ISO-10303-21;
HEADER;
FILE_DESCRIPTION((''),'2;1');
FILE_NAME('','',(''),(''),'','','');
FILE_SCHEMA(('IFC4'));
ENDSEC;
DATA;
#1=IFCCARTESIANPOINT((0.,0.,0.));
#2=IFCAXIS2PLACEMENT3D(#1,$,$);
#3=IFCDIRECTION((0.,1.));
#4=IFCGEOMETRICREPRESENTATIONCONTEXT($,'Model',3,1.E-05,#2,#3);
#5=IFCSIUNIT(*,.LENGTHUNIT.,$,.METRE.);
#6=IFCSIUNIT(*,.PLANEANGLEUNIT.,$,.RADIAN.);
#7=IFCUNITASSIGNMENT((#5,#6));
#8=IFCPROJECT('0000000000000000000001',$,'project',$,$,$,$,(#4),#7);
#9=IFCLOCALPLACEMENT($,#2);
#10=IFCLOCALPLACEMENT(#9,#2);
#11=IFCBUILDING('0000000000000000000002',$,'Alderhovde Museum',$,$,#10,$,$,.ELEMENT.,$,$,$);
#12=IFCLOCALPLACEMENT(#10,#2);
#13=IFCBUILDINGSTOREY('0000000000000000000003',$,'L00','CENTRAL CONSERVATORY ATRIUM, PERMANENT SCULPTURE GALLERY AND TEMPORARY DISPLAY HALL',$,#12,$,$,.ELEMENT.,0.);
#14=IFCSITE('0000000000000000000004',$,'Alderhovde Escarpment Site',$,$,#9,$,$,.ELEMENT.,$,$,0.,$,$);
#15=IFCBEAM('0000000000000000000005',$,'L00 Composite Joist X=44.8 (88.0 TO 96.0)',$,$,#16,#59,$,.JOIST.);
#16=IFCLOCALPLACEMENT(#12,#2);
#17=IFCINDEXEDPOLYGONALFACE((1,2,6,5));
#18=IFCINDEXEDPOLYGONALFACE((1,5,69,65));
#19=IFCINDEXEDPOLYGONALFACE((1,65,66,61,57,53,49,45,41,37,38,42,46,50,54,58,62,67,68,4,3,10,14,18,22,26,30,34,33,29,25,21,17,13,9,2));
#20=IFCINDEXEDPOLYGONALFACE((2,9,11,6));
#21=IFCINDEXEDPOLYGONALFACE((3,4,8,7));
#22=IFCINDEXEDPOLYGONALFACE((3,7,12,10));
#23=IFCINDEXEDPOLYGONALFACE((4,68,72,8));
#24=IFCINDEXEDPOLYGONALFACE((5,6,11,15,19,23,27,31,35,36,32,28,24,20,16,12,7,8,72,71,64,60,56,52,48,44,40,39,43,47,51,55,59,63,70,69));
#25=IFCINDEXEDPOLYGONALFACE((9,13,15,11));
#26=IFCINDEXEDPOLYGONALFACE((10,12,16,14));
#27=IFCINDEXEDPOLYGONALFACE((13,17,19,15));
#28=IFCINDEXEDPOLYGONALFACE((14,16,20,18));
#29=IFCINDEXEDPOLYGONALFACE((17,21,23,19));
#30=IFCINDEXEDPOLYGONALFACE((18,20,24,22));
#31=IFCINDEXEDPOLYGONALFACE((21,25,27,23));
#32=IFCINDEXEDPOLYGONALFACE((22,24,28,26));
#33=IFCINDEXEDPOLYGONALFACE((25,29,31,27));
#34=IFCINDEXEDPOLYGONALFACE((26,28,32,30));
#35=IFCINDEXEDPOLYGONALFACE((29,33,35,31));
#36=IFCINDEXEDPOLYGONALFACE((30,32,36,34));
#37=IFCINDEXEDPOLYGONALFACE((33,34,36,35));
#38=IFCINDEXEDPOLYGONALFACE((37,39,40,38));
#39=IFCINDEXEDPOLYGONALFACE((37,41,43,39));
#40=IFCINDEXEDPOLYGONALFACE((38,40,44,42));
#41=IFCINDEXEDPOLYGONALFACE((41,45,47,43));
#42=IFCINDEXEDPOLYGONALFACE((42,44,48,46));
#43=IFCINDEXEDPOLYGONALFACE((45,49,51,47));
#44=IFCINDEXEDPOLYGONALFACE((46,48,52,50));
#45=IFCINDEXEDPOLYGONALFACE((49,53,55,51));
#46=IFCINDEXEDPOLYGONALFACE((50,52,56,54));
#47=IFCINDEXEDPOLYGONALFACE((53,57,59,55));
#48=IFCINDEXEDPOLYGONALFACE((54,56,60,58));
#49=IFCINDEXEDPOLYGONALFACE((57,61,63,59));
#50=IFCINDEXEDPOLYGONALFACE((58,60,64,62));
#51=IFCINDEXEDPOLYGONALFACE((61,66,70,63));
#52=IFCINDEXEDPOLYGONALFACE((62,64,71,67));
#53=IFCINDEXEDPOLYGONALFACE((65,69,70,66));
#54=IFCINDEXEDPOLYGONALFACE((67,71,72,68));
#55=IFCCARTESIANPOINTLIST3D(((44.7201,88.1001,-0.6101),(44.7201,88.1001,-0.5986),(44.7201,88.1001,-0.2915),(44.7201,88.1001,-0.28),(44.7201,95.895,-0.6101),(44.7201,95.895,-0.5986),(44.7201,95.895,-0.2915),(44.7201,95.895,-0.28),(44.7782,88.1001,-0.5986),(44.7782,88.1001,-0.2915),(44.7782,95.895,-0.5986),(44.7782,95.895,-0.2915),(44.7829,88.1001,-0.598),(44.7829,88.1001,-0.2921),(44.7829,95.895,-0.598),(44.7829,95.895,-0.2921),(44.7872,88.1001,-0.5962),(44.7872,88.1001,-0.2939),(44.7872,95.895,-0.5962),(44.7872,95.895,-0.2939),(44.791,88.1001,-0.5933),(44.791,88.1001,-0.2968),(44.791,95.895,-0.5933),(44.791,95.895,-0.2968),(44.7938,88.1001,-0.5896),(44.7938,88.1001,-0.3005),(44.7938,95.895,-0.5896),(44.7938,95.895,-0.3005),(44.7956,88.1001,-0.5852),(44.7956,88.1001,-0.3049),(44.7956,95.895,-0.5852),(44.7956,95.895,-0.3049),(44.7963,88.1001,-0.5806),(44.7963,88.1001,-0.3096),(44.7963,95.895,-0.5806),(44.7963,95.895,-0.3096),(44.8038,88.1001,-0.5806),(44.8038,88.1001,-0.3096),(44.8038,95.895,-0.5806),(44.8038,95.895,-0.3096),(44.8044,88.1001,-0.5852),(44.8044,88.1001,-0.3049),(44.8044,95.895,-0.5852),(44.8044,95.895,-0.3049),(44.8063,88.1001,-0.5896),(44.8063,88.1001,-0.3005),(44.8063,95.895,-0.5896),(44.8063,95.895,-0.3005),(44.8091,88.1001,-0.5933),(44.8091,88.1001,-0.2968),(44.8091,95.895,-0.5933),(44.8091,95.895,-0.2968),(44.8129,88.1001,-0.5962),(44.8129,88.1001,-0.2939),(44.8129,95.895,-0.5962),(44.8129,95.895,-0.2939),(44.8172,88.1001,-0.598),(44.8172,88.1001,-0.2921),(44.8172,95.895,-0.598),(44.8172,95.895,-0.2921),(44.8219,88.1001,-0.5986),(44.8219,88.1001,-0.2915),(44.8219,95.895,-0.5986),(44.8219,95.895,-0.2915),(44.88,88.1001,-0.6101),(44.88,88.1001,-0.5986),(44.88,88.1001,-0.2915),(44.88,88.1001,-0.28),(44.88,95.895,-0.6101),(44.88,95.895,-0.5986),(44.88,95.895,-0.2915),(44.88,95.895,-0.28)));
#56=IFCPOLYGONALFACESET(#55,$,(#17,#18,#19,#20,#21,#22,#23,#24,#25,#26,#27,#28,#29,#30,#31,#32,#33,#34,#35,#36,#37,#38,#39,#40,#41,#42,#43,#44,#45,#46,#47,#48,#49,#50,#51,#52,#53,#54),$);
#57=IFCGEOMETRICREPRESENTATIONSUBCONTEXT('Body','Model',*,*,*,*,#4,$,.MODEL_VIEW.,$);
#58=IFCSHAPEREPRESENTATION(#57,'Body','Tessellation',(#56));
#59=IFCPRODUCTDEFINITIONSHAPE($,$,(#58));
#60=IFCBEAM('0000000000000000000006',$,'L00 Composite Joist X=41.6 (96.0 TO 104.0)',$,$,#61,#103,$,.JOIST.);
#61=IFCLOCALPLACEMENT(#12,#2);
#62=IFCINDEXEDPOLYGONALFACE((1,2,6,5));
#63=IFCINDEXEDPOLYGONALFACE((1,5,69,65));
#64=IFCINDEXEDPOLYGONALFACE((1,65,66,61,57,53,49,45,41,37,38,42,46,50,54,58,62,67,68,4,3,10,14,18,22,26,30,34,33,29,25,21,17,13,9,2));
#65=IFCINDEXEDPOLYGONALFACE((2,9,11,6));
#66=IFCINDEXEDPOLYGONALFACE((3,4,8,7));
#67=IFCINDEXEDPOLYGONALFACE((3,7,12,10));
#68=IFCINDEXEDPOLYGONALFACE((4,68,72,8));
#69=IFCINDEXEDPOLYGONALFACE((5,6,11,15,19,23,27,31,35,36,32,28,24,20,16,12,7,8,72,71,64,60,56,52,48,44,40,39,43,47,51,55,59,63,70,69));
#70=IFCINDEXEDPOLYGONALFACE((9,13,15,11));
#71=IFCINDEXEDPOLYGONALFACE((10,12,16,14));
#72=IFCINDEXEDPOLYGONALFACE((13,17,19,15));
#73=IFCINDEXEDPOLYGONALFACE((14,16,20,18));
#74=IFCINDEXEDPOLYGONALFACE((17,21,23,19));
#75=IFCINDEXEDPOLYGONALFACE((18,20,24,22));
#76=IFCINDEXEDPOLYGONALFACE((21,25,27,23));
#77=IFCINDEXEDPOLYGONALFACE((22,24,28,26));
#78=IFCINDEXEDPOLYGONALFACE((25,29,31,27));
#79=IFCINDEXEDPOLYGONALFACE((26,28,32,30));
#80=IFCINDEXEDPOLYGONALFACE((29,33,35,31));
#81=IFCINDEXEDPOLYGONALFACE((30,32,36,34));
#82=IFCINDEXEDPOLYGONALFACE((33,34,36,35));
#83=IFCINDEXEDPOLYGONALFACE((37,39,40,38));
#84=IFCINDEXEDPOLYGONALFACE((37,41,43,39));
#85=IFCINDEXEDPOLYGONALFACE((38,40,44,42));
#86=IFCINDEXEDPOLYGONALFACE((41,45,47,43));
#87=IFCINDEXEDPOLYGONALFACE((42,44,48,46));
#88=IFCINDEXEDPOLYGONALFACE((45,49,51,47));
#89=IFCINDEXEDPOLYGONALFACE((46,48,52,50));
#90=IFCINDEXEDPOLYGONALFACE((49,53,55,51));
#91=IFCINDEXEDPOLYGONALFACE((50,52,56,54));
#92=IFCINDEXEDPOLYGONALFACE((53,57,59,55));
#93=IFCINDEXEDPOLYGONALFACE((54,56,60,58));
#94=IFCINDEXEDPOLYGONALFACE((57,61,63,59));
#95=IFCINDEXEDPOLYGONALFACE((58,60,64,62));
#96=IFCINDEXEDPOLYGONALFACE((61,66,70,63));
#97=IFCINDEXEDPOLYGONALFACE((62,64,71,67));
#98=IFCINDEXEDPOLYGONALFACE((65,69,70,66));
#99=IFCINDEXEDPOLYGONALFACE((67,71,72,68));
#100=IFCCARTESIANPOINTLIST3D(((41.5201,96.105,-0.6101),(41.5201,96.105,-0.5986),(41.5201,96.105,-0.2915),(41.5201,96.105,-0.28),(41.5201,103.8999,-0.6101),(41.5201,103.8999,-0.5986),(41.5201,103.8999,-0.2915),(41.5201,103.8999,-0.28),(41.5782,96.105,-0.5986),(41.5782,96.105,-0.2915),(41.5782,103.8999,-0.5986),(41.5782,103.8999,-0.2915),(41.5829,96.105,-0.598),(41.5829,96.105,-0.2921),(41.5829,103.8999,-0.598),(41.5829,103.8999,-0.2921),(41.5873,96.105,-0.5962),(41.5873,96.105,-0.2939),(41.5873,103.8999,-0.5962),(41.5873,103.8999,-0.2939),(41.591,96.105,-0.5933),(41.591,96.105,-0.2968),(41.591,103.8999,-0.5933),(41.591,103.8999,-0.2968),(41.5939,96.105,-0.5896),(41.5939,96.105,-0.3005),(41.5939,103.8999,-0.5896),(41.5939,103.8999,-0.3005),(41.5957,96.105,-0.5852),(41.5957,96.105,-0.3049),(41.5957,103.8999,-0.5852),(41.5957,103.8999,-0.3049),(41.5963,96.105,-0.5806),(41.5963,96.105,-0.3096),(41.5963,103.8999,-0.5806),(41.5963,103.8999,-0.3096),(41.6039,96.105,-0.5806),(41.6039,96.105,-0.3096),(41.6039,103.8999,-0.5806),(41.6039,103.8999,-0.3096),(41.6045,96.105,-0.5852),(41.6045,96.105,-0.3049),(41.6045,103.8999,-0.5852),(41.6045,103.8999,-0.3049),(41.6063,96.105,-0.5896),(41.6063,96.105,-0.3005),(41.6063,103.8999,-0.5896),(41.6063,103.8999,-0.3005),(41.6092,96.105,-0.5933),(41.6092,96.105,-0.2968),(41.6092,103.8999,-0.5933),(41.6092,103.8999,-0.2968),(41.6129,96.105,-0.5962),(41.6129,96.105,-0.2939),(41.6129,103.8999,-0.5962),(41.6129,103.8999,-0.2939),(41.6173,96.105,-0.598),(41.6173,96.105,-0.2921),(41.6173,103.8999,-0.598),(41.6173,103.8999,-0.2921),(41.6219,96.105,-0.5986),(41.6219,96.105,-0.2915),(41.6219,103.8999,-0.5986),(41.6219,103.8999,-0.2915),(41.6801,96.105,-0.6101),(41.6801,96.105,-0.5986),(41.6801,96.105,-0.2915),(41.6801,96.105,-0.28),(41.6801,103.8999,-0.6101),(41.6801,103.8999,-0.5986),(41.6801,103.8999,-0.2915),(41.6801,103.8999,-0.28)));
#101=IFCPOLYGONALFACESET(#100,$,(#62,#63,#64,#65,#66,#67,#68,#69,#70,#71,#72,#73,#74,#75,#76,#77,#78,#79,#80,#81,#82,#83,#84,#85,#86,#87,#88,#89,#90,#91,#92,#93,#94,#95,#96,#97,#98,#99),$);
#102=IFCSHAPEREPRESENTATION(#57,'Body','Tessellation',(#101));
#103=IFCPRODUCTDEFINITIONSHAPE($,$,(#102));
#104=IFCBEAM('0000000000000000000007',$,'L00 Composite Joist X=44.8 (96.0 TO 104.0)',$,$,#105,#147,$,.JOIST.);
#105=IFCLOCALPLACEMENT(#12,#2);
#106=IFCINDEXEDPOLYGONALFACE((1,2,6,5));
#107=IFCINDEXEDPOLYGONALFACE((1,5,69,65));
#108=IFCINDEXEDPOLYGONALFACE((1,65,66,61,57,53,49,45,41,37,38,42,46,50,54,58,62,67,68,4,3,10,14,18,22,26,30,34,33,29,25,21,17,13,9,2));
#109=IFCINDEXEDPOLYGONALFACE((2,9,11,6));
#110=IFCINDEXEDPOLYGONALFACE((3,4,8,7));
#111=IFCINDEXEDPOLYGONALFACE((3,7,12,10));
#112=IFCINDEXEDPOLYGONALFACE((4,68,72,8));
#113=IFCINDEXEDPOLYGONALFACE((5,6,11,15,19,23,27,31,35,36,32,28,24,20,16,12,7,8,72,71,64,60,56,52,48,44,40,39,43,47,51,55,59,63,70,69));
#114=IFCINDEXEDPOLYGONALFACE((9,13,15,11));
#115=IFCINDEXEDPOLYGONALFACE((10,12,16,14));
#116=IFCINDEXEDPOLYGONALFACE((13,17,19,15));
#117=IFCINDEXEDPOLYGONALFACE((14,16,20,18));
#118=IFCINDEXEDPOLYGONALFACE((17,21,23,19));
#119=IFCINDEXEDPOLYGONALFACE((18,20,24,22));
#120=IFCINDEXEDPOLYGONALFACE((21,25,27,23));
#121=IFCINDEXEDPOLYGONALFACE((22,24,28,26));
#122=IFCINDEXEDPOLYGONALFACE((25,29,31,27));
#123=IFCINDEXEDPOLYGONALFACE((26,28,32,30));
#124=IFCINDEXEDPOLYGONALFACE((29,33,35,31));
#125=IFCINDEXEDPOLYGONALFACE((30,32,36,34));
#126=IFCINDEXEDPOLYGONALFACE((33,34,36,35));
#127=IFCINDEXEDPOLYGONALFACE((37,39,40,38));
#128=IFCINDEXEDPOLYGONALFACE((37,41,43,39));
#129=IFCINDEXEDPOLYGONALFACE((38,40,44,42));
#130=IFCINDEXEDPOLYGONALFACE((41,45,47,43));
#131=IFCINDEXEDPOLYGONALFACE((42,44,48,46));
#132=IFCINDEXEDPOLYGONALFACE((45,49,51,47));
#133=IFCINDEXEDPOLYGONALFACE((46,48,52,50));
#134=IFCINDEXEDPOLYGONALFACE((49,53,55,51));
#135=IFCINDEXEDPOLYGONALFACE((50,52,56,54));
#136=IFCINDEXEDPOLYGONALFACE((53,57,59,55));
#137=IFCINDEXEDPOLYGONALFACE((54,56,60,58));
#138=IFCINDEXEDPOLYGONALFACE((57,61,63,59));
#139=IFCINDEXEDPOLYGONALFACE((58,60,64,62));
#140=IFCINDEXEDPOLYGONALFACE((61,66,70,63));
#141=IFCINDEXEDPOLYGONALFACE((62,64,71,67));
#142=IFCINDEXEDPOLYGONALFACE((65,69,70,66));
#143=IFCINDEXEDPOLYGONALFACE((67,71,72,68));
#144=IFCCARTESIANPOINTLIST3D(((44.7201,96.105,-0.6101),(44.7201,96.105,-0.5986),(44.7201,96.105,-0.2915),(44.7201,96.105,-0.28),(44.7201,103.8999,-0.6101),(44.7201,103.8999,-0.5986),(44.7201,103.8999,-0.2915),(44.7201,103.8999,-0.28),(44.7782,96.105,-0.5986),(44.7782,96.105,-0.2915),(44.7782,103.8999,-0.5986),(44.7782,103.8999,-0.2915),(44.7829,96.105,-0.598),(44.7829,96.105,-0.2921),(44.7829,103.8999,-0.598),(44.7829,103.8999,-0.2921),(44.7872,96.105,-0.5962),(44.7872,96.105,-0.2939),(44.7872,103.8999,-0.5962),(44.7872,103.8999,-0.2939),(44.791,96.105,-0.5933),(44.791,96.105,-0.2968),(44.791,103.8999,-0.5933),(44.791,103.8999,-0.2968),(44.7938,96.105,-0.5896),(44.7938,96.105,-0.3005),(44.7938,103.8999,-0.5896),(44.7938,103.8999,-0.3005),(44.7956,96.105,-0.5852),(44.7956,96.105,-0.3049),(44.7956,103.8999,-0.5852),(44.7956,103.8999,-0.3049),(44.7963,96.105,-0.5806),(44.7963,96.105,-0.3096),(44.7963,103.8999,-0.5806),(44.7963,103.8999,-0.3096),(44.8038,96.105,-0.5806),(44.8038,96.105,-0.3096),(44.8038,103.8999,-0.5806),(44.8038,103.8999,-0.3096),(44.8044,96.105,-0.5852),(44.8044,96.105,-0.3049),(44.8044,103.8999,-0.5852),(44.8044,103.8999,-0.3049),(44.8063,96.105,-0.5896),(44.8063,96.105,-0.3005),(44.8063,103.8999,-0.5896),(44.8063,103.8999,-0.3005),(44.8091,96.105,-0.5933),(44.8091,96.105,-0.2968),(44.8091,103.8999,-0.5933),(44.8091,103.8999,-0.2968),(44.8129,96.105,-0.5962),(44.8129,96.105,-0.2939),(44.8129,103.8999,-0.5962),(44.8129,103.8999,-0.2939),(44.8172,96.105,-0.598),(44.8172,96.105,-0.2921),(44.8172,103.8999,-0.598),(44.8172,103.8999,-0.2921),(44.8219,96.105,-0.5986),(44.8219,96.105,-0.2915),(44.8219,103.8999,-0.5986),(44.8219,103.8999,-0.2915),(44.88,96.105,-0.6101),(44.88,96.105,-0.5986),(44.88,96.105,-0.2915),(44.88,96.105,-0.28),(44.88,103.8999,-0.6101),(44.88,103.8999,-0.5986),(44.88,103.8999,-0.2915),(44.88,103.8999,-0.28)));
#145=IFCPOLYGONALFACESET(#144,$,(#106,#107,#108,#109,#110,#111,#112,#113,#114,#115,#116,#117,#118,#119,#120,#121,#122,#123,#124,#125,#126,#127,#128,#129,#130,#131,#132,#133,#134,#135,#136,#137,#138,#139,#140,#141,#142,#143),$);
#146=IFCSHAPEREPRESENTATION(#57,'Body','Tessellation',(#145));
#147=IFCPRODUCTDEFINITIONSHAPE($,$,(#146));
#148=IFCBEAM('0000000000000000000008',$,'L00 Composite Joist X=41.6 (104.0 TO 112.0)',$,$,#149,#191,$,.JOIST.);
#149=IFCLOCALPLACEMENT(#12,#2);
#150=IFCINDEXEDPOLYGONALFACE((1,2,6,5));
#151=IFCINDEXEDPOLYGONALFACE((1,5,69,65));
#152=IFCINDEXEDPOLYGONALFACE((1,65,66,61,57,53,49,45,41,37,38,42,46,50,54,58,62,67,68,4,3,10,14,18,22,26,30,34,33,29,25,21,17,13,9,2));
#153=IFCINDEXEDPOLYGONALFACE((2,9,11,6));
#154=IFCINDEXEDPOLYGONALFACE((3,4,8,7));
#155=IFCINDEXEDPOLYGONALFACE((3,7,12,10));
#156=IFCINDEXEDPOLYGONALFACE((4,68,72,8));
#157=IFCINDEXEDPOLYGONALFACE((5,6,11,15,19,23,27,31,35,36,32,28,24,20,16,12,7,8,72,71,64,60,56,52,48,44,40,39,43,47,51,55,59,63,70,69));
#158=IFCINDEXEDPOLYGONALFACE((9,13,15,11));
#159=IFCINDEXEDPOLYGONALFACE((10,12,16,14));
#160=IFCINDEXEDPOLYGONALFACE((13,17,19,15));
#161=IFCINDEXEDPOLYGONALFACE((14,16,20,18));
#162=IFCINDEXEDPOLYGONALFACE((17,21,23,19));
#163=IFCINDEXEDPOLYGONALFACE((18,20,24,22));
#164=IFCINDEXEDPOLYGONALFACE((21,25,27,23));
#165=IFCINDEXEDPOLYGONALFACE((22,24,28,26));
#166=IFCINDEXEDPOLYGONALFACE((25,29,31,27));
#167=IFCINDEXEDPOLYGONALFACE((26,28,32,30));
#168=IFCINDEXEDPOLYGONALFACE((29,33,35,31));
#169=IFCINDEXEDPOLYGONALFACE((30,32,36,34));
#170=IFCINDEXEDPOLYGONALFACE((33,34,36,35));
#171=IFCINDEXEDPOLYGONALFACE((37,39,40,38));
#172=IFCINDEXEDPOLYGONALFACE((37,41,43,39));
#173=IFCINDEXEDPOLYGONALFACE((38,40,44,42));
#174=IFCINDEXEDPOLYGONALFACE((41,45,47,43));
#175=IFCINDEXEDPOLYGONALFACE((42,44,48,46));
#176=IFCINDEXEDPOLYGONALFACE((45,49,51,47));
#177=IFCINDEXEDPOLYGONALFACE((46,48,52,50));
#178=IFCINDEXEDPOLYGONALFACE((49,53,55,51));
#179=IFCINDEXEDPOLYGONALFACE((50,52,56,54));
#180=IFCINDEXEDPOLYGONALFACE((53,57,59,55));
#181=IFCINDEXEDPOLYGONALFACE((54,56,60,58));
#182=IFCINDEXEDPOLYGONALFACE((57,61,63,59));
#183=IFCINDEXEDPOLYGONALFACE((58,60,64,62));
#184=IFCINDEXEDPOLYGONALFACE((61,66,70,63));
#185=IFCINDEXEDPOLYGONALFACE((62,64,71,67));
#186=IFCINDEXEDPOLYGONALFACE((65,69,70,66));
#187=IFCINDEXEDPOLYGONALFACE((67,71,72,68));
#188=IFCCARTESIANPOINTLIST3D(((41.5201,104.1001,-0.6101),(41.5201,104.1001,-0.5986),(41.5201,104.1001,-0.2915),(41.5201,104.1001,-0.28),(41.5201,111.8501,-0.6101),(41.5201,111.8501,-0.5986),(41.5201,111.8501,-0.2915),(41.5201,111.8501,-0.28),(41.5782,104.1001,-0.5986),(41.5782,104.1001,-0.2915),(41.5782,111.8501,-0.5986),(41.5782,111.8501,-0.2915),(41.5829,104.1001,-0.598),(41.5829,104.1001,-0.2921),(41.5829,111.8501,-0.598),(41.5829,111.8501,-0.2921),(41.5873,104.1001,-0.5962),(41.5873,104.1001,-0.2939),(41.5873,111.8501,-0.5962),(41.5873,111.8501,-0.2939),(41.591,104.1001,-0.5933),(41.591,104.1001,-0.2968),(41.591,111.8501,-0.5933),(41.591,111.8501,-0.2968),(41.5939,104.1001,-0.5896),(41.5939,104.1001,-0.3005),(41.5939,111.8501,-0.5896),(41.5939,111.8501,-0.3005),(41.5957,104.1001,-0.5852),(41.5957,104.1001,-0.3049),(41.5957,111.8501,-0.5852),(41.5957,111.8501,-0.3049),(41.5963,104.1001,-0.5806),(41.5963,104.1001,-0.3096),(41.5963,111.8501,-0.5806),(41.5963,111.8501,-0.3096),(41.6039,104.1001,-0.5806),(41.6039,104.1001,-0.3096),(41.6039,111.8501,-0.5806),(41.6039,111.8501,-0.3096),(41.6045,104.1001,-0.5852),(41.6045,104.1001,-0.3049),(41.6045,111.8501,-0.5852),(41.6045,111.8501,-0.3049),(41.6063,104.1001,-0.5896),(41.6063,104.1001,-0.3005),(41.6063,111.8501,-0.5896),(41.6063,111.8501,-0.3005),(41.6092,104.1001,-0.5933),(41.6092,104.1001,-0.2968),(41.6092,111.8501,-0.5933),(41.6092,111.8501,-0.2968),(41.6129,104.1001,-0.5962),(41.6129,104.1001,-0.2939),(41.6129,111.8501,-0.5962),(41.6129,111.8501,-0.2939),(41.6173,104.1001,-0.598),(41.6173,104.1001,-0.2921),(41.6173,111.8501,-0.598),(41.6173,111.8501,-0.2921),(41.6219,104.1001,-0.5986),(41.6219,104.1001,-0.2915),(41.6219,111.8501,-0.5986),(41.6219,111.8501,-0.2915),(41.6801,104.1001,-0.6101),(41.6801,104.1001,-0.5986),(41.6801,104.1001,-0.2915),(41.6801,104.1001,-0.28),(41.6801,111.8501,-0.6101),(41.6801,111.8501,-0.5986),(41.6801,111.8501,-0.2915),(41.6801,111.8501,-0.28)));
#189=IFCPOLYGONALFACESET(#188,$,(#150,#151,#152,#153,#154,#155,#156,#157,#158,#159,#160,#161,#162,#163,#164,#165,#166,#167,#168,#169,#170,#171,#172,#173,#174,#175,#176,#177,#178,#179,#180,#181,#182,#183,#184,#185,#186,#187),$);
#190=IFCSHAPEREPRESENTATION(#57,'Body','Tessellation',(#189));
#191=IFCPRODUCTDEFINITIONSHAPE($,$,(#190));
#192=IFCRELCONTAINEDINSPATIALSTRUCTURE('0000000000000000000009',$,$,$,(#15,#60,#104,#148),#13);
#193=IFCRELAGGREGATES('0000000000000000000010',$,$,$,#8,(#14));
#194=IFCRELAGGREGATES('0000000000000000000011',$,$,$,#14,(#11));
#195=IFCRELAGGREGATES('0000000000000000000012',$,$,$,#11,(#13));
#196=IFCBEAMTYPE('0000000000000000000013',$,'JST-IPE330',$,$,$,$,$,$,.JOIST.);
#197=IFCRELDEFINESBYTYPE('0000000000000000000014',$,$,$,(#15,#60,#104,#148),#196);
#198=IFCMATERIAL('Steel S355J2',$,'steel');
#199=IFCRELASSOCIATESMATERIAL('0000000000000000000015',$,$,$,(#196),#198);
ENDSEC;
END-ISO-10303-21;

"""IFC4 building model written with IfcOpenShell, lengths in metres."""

from ifc_helpers import new_model, si_unit, direction, frame, origin, origin_2d, place, context, subcontext, project, spatial, i_section, extrude, material, material_profile, profile_set, type_object, element, save


model = new_model("IFC4")

# Units and contexts
model_context = context("Model", 3, precision=1e-05, world=origin(), true_north=direction((0.0, 1.0)))
body_context = subcontext(model_context, "Body", "Model", "MODEL_VIEW")
ifc_project = project(units=[si_unit("LENGTHUNIT", "METRE"), si_unit("PLANEANGLEUNIT", "RADIAN")], contexts=[model_context])

# Site, building, storey
site_placement = place(None, origin())
site = spatial("IfcSite", under=ifc_project, at=site_placement, Name="Alderhovde Escarpment Site", CompositionType="ELEMENT", RefElevation=0.0)
building_placement = place(site_placement, origin())
building = spatial("IfcBuilding", under=site, at=building_placement, Name="Alderhovde Museum", CompositionType="ELEMENT")
storey_placement = place(building_placement, origin())
storey = spatial("IfcBuildingStorey", under=building, at=storey_placement, Name="L00", Description="CENTRAL CONSERVATORY ATRIUM, PERMANENT SCULPTURE GALLERY AND TEMPORARY DISPLAY HALL", CompositionType="ELEMENT", Elevation=0.0)

# Beams
ifc_material_1 = material(Name="Steel S355J2", Category="steel")
ifc_material_profile_1 = material_profile(ifc_material_1, i_section(OverallWidth=0.1599, OverallDepth=0.3301, WebThickness=0.0076, FlangeThickness=0.0115, FilletRadius=0.0181, at=origin_2d()), Name="IPE 330")
ifc_profile_set_1 = profile_set([ifc_material_profile_1], Name="Steel S355J2")
beam_type_1 = type_object("IfcBeamType", Name="JST-IPE330", PredefinedType="JOIST", material=ifc_profile_set_1)
for number, where, z_axis, x_axis, name in (
    (1, (44.8, 88.1001, -0.4451), (0.0, 1.0, 0.0), (-1.0, 0.0, 0.0), "L00 Composite Joist X=44.8 (88.0 TO 96.0)"),
    (2, (41.6001, 96.105, -0.4451), (0.0, 1.0, 0.0), (-1.0, 0.0, 0.0), "L00 Composite Joist X=41.6 (96.0 TO 104.0)"),
    (3, (44.8, 96.105, -0.4451), (0.0, 1.0, 0.0), (-1.0, 0.0, 0.0), "L00 Composite Joist X=44.8 (96.0 TO 104.0)"),
):
    element("IfcBeam", number, at=place(storey_placement, frame(where, z_axis=z_axis, x_axis=x_axis)), inside=storey, type_object=beam_type_1, Name=name, PredefinedType="JOIST", context=body_context, shape_type="SweptSolid", body=[
        extrude(i_section(OverallWidth=0.1599, OverallDepth=0.3301, WebThickness=0.0076, FlangeThickness=0.0115, FilletRadius=0.0181, at=origin_2d()), origin(), (0.0, 0.0, 1.0), 7.7949),
    ])
for number, where, z_axis, x_axis, name in (
    (4, (41.6001, 104.1001, -0.4451), (0.0, 1.0, 0.0), (-1.0, 0.0, 0.0), "L00 Composite Joist X=41.6 (104.0 TO 112.0)"),
):
    element("IfcBeam", number, at=place(storey_placement, frame(where, z_axis=z_axis, x_axis=x_axis)), inside=storey, type_object=beam_type_1, Name=name, PredefinedType="JOIST", context=body_context, shape_type="SweptSolid", body=[
        extrude(i_section(OverallWidth=0.1599, OverallDepth=0.3301, WebThickness=0.0076, FlangeThickness=0.0115, FilletRadius=0.0181, at=origin_2d()), origin(), (0.0, 0.0, 1.0), 7.75),
    ])

save(model, "model.ifc")
